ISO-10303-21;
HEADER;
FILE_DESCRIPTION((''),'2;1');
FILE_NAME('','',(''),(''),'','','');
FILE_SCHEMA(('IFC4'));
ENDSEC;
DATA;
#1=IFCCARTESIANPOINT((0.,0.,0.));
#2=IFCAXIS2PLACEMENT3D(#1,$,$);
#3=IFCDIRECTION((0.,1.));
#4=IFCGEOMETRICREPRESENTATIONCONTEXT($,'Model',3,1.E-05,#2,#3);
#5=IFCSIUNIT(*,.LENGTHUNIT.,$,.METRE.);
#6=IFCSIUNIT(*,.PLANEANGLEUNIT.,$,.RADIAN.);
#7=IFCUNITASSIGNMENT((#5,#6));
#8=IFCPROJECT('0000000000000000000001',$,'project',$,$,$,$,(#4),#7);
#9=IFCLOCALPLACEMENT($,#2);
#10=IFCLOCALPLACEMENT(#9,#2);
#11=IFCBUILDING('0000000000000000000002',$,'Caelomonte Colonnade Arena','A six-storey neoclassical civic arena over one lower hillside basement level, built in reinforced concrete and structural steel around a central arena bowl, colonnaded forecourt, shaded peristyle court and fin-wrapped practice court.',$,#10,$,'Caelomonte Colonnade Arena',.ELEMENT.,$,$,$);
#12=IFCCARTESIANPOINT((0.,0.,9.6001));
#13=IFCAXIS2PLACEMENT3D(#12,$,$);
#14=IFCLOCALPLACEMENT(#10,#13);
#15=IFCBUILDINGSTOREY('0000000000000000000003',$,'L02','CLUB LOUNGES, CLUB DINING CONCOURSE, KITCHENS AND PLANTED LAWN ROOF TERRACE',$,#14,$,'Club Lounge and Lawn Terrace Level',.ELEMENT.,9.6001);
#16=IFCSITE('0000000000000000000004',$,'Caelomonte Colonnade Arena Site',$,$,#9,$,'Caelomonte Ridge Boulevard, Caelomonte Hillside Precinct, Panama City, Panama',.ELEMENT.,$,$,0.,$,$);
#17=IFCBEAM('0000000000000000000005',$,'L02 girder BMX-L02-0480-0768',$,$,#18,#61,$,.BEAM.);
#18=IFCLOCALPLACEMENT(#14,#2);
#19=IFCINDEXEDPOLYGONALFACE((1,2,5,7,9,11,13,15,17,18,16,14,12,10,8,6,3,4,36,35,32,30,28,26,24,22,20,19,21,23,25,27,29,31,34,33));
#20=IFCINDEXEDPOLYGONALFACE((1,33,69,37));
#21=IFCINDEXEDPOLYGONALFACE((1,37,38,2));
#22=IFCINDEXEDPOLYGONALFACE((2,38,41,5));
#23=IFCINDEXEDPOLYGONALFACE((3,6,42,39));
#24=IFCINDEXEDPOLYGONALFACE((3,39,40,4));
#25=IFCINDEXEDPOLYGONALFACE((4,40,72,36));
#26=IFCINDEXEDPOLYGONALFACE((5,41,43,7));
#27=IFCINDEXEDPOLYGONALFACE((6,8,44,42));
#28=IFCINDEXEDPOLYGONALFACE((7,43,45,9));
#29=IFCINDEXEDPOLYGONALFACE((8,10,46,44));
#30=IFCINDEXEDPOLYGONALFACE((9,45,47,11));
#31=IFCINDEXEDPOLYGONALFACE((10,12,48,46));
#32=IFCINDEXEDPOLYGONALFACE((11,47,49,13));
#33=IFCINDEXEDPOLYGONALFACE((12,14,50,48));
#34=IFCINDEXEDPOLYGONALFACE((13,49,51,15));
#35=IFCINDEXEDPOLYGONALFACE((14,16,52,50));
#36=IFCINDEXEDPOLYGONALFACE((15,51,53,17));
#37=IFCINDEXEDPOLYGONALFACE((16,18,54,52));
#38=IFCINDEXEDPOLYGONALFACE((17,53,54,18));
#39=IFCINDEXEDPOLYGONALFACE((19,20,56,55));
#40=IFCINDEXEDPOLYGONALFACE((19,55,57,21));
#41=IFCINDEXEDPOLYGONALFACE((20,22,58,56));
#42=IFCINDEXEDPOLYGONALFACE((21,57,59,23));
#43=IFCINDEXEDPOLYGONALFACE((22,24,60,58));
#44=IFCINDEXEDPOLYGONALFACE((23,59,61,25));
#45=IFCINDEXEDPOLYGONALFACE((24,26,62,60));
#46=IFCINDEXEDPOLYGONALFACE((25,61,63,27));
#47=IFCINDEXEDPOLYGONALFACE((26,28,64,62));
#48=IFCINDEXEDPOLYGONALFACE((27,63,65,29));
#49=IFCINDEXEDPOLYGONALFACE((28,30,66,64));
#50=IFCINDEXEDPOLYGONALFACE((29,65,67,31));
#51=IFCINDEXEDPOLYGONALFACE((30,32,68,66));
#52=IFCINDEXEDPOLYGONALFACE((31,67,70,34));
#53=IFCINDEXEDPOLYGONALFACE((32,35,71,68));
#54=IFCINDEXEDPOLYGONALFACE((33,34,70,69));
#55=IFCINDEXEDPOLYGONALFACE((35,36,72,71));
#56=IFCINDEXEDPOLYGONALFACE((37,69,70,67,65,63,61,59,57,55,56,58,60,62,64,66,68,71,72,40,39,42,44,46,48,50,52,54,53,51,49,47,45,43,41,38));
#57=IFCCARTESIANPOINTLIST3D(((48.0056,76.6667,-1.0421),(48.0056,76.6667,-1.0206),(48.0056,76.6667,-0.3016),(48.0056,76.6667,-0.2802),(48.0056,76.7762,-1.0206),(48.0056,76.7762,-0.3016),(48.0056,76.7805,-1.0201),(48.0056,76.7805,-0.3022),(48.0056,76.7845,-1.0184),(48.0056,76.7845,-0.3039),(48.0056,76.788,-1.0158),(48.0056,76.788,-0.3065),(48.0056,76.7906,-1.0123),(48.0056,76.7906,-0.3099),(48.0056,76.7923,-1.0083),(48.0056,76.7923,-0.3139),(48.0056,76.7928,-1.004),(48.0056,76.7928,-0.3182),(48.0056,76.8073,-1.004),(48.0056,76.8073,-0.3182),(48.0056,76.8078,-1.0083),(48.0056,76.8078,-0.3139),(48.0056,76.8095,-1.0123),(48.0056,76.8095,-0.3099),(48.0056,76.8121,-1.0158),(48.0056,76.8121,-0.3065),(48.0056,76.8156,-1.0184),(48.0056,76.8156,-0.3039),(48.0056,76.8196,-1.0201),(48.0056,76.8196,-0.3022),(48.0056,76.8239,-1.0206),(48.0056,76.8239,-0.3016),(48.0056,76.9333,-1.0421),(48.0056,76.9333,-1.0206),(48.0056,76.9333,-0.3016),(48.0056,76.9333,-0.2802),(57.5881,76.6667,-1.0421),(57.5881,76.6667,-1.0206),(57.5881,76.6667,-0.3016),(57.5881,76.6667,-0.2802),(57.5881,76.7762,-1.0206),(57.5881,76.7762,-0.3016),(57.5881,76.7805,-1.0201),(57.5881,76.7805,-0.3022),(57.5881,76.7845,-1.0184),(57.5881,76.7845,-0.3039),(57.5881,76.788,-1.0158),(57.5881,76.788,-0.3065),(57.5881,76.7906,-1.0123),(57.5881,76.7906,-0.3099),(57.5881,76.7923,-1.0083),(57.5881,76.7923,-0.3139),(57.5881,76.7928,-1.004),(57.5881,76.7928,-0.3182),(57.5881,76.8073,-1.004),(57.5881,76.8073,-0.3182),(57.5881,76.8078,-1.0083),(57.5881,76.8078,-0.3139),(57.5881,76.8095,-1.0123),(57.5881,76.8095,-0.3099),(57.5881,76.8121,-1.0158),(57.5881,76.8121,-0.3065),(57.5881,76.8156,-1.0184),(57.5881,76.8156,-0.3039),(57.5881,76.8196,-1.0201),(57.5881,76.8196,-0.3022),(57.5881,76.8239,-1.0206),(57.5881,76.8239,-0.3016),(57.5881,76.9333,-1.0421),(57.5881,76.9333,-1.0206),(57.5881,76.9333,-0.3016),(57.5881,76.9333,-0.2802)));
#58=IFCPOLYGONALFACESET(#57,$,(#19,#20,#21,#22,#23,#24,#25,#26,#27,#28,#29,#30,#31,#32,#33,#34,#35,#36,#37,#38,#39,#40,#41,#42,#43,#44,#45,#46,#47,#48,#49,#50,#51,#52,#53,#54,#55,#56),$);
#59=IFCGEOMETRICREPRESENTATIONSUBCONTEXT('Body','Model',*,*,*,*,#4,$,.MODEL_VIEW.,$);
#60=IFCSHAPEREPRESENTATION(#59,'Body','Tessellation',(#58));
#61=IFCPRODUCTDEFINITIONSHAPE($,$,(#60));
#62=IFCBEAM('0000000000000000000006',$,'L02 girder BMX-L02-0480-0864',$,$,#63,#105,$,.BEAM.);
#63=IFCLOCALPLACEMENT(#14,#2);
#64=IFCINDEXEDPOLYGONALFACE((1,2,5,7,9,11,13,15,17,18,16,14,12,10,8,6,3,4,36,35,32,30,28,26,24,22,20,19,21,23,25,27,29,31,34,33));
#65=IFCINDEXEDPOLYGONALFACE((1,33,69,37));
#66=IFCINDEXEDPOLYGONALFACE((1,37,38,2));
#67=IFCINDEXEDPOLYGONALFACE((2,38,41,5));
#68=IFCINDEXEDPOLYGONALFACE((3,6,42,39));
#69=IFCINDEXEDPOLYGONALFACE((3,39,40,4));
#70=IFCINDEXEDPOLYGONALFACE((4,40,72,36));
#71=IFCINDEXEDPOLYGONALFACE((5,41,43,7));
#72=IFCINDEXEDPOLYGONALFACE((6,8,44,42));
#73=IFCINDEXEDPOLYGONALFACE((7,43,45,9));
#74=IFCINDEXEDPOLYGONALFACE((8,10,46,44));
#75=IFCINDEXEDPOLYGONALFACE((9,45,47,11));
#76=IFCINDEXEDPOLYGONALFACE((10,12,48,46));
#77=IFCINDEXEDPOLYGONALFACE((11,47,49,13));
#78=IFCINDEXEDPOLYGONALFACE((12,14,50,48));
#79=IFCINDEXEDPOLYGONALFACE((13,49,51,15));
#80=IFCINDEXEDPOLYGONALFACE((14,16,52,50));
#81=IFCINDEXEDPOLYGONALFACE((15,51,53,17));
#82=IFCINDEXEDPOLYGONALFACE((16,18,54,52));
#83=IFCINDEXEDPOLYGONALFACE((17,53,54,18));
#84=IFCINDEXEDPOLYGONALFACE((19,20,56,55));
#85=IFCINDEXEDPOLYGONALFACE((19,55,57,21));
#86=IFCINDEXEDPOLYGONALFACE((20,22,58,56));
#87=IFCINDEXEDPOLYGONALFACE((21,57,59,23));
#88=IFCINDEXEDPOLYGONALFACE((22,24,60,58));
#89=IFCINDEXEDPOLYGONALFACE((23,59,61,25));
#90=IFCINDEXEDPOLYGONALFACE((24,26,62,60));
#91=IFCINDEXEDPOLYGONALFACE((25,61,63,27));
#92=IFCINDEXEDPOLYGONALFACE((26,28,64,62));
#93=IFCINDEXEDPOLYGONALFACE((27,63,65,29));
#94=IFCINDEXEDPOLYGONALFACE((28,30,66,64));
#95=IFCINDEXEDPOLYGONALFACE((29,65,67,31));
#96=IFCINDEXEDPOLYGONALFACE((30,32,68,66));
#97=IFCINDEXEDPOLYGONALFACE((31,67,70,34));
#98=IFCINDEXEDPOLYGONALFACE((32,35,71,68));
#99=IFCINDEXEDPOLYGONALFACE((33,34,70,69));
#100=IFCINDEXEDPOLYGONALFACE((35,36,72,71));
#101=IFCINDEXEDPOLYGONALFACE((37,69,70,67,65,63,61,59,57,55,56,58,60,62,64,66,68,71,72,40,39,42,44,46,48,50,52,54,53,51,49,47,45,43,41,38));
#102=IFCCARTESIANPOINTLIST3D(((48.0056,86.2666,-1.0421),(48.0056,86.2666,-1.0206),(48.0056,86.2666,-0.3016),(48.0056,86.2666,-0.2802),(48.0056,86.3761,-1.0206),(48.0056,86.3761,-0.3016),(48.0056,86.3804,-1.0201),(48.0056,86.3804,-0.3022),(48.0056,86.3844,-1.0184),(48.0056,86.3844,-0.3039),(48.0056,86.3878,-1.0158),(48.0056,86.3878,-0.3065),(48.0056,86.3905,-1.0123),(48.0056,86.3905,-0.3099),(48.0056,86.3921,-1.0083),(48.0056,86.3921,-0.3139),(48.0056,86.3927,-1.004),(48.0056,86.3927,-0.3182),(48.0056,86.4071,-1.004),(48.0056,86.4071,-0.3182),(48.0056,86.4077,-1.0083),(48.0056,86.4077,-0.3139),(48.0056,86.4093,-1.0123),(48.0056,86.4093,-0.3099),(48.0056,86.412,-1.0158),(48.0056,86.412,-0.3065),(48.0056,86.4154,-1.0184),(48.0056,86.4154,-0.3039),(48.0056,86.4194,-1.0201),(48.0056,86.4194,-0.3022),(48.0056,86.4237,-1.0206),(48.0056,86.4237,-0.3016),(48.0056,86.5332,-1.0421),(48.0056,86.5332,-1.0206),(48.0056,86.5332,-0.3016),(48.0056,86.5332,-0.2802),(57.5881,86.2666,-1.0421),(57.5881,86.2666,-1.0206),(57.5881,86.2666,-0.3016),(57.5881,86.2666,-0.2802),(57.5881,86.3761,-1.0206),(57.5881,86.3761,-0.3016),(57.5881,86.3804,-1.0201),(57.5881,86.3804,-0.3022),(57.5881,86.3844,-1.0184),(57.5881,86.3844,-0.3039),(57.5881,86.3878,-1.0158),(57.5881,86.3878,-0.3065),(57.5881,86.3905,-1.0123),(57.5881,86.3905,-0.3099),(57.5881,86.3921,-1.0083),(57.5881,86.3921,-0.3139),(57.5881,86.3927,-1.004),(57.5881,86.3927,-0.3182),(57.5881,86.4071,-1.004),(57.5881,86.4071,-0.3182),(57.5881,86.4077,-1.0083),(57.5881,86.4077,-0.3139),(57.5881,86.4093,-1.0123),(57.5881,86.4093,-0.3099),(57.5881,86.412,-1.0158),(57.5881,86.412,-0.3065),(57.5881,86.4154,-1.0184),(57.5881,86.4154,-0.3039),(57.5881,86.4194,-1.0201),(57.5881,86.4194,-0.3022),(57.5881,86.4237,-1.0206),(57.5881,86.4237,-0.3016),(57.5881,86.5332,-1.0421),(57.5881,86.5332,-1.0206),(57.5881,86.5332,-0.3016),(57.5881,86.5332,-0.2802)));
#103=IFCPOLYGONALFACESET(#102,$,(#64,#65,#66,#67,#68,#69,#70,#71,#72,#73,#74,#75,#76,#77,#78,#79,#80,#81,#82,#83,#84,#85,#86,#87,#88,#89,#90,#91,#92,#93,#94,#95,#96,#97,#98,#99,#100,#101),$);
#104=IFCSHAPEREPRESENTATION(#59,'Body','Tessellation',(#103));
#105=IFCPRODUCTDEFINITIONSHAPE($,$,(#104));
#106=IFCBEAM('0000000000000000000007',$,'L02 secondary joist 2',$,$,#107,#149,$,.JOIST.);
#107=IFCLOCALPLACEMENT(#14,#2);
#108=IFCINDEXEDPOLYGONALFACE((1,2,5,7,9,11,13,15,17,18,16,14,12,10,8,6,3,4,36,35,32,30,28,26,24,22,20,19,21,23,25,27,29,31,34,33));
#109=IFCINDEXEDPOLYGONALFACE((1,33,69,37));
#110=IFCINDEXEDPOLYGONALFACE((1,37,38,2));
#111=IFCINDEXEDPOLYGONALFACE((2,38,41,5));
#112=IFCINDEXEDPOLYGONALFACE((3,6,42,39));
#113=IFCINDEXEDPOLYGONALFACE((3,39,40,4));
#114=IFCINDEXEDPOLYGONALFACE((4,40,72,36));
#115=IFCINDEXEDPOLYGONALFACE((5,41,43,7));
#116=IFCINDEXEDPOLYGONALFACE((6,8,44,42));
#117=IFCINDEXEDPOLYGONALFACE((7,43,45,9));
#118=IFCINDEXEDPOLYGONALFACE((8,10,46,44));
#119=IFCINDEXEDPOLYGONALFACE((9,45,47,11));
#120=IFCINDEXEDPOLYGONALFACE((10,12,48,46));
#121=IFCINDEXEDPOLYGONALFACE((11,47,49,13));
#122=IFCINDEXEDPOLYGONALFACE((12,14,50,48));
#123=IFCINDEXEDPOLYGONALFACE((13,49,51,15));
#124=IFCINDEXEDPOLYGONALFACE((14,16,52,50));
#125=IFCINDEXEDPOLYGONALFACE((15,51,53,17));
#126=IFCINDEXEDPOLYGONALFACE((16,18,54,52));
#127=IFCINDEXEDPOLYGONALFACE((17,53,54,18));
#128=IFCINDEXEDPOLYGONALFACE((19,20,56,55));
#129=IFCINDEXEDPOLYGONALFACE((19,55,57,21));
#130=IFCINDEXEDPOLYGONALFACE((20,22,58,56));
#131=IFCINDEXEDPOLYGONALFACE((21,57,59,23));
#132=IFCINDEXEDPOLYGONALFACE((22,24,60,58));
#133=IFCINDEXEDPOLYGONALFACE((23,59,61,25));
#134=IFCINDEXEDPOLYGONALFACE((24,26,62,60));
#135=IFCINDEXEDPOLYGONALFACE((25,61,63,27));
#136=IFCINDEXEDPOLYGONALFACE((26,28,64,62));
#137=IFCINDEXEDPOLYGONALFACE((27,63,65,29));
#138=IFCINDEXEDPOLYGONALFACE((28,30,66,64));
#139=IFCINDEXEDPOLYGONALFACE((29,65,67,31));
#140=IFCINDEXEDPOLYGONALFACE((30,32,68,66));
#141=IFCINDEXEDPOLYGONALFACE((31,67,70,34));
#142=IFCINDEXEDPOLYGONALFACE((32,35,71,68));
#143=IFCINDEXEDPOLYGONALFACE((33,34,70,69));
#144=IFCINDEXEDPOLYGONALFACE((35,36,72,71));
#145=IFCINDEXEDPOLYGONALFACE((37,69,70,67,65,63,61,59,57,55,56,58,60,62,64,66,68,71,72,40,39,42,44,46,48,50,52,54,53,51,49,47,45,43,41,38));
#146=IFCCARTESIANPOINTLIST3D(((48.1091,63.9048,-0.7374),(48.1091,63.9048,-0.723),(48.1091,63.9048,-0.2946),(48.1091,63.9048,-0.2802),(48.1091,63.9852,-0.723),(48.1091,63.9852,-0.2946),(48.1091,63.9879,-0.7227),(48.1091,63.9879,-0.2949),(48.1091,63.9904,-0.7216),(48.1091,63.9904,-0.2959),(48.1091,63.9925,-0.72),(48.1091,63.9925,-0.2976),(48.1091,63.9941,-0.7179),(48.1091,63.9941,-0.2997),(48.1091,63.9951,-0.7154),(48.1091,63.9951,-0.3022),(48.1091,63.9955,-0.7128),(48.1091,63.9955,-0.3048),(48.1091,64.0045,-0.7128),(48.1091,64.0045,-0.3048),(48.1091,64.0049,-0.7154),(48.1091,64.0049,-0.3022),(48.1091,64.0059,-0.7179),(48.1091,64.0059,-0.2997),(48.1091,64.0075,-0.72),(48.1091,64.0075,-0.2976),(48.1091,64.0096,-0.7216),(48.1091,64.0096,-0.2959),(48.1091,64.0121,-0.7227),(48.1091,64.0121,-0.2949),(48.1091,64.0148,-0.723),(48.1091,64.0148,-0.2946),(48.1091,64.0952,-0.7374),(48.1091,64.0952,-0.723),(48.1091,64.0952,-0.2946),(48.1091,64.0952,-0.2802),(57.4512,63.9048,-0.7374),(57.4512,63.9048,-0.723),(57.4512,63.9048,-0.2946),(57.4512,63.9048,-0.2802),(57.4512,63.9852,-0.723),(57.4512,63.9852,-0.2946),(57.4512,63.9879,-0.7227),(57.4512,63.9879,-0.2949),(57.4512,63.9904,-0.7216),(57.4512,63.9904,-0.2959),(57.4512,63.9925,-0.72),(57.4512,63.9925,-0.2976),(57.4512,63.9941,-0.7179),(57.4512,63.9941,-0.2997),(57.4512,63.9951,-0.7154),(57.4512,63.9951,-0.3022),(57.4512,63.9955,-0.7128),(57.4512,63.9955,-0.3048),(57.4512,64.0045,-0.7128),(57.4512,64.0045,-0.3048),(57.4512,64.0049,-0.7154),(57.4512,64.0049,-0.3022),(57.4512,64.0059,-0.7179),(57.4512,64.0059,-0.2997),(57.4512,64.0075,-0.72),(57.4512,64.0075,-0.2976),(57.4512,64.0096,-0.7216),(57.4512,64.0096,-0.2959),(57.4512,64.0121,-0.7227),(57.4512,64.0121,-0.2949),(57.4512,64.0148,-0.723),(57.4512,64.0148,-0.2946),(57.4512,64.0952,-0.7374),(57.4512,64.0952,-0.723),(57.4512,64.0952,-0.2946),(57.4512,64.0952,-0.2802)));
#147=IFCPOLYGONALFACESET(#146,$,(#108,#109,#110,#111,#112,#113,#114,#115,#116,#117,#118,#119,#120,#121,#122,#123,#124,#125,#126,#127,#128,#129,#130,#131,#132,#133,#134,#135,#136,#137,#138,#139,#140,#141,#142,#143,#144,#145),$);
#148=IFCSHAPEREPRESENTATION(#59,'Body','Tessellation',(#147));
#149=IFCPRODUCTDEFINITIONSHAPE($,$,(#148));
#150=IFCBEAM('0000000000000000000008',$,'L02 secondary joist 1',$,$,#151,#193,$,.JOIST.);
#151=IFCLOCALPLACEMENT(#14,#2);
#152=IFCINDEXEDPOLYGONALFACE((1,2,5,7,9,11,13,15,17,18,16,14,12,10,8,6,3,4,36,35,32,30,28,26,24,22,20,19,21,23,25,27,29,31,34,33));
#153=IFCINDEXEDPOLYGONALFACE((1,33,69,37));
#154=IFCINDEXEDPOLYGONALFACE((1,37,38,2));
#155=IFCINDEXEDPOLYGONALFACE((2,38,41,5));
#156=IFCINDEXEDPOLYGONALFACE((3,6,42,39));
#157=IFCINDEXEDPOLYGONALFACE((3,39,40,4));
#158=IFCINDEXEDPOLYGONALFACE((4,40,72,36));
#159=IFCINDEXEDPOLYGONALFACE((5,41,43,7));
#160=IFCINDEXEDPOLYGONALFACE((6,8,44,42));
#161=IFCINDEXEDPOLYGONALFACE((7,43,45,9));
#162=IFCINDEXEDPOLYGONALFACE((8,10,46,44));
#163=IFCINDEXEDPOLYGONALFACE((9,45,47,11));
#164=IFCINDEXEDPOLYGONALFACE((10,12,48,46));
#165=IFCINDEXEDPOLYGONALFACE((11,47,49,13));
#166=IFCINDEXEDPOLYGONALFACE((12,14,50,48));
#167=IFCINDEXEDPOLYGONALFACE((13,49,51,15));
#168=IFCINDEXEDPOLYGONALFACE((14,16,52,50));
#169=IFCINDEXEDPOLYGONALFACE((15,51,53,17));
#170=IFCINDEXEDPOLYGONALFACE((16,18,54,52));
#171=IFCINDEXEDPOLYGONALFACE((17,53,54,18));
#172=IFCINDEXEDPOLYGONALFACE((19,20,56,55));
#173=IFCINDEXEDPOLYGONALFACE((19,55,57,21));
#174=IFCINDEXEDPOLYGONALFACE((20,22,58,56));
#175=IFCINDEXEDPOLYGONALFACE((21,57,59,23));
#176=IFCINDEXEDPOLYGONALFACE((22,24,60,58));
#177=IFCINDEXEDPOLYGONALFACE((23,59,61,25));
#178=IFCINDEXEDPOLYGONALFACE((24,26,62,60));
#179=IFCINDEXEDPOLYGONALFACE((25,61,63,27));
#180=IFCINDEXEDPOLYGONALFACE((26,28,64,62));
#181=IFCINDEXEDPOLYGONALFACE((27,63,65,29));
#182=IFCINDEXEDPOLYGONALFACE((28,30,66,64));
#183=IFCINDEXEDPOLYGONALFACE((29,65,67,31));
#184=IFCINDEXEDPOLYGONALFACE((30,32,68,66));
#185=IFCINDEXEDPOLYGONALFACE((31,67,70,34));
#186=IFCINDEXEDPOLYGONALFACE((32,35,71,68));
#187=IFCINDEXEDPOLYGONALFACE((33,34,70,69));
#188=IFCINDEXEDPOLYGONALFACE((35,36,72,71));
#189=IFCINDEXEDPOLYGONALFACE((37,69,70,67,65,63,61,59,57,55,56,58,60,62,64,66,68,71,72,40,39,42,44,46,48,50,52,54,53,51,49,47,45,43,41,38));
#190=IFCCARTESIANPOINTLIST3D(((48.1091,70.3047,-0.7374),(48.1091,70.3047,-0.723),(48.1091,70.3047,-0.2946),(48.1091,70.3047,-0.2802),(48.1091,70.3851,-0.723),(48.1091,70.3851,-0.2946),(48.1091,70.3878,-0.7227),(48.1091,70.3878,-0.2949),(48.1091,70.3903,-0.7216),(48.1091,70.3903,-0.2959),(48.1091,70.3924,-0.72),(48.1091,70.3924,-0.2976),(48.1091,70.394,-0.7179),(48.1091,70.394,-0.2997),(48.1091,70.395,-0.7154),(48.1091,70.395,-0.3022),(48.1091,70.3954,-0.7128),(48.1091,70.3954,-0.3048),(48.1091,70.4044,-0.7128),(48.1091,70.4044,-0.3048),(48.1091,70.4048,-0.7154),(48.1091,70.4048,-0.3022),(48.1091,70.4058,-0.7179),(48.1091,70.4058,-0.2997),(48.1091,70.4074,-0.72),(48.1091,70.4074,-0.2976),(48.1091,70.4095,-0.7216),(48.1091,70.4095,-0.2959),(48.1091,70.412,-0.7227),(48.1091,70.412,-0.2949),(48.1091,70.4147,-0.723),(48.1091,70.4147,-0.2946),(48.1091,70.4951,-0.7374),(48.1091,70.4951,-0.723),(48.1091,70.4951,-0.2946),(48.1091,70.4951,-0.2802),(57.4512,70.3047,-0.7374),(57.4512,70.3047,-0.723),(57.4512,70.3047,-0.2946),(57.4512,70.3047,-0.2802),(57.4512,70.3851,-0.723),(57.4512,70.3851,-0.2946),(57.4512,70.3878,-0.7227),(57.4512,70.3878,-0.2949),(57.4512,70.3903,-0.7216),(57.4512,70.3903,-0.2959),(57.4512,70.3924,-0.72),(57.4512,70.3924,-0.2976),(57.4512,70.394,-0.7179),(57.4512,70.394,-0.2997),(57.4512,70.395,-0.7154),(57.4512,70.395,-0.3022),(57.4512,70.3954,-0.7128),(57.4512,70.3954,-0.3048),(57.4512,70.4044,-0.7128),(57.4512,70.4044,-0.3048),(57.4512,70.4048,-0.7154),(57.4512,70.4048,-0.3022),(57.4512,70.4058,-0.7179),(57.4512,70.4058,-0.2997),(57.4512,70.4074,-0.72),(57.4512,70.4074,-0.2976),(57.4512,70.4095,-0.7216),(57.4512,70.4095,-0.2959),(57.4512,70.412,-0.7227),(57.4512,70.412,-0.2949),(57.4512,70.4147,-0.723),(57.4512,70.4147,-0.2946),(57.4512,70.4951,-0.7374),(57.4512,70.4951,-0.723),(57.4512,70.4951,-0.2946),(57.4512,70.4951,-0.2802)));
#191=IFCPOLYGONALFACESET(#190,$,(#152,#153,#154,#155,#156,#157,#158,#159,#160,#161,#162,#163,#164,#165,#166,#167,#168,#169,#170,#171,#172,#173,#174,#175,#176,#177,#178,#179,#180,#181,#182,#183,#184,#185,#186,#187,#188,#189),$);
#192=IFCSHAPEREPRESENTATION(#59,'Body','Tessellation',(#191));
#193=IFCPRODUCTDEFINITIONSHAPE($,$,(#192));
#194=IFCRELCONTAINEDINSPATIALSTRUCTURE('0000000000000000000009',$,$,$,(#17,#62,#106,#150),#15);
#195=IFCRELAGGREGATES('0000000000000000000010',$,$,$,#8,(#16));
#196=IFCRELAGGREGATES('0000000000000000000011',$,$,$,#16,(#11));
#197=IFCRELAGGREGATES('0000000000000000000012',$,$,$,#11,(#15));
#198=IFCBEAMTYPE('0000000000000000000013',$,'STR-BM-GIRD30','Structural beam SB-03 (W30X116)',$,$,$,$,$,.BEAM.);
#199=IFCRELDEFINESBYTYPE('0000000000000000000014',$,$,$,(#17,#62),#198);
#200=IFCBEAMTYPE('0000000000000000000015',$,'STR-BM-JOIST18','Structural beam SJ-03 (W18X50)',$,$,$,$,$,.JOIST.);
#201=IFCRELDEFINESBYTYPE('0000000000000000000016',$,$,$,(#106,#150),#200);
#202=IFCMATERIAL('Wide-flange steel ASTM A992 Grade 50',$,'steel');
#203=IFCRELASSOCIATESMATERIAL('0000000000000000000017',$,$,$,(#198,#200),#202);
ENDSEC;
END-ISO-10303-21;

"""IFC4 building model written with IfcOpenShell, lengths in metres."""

from ifc_helpers import new_model, si_unit, direction, frame, origin, origin_2d, place, context, subcontext, project, spatial, i_section, extrude, material, material_profile, profile_set, type_object, element, save


model = new_model("IFC4")

# Units and contexts
model_context = context("Model", 3, precision=1e-05, world=origin(), true_north=direction((0.0, 1.0)))
body_context = subcontext(model_context, "Body", "Model", "MODEL_VIEW")
ifc_project = project(units=[si_unit("LENGTHUNIT", "METRE"), si_unit("PLANEANGLEUNIT", "RADIAN")], contexts=[model_context])

# Site, building, storey
site_placement = place(None, origin())
site = spatial("IfcSite", under=ifc_project, at=site_placement, Name="Caelomonte Colonnade Arena Site", LongName="Caelomonte Ridge Boulevard, Caelomonte Hillside Precinct, Panama City, Panama", CompositionType="ELEMENT", RefElevation=0.0)
building_placement = place(site_placement, origin())
building = spatial("IfcBuilding", under=site, at=building_placement, Name="Caelomonte Colonnade Arena", Description="A six-storey neoclassical civic arena over one lower hillside basement level, built in reinforced concrete and structural steel around a central arena bowl, colonnaded forecourt, shaded peristyle court and fin-wrapped practice court.", LongName="Caelomonte Colonnade Arena", CompositionType="ELEMENT")
storey_placement = place(building_placement, frame((0.0, 0.0, 9.6001)))
storey = spatial("IfcBuildingStorey", under=building, at=storey_placement, Name="L02", Description="CLUB LOUNGES, CLUB DINING CONCOURSE, KITCHENS AND PLANTED LAWN ROOF TERRACE", LongName="Club Lounge and Lawn Terrace Level", CompositionType="ELEMENT", Elevation=9.6001)

# Beams
ifc_material_1 = material(Name="Wide-flange steel ASTM A992 Grade 50", Category="steel")
ifc_material_profile_1 = material_profile(ifc_material_1, i_section(OverallWidth=0.2666, OverallDepth=0.762, WebThickness=0.0144, FlangeThickness=0.0215, FilletRadius=0.0166, at=origin_2d()), Name="W30X116")
ifc_profile_set_1 = profile_set([ifc_material_profile_1], Name="Wide-flange steel ASTM A992 Grade 50")
beam_type_1 = type_object("IfcBeamType", Name="STR-BM-GIRD30", Description="Structural beam SB-03 (W30X116)", PredefinedType="BEAM", material=ifc_profile_set_1)
for number, where, z_axis, x_axis, name in (
    (1, (48.0056, 76.8, -0.6611), (1.0, 0.0, 0.0), (0.0, 1.0, 0.0), "L02 girder BMX-L02-0480-0768"),
    (2, (48.0056, 86.3999, -0.6611), (1.0, 0.0, 0.0), (0.0, 1.0, 0.0), "L02 girder BMX-L02-0480-0864"),
):
    element("IfcBeam", number, at=place(storey_placement, frame(where, z_axis=z_axis, x_axis=x_axis)), inside=storey, type_object=beam_type_1, Name=name, PredefinedType="BEAM", context=body_context, shape_type="SweptSolid", body=[
        extrude(i_section(OverallWidth=0.2666, OverallDepth=0.762, WebThickness=0.0144, FlangeThickness=0.0215, FilletRadius=0.0166, at=origin_2d()), origin(), (0.0, 0.0, 1.0), 9.5825),
    ])
ifc_material_profile_2 = material_profile(ifc_material_1, i_section(OverallWidth=0.1904, OverallDepth=0.4573, WebThickness=0.009, FlangeThickness=0.0144, FilletRadius=0.0103, at=origin_2d()), Name="W18X50")
ifc_profile_set_2 = profile_set([ifc_material_profile_2], Name="Wide-flange steel ASTM A992 Grade 50")
beam_type_2 = type_object("IfcBeamType", Name="STR-BM-JOIST18", Description="Structural beam SJ-03 (W18X50)", PredefinedType="JOIST", material=ifc_profile_set_2)
for number, where, z_axis, x_axis, name in (
    (3, (48.1091, 64.0, -0.5088), (1.0, 0.0, 0.0), (0.0, 1.0, 0.0), "L02 secondary joist 2"),
    (4, (48.1091, 70.3999, -0.5088), (1.0, 0.0, 0.0), (0.0, 1.0, 0.0), "L02 secondary joist 1"),
):
    element("IfcBeam", number, at=place(storey_placement, frame(where, z_axis=z_axis, x_axis=x_axis)), inside=storey, type_object=beam_type_2, Name=name, PredefinedType="JOIST", context=body_context, shape_type="SweptSolid", body=[
        extrude(i_section(OverallWidth=0.1904, OverallDepth=0.4573, WebThickness=0.009, FlangeThickness=0.0144, FilletRadius=0.0103, at=origin_2d()), origin(), (0.0, 0.0, 1.0), 9.342),
    ])

save(model, "model.ifc")
